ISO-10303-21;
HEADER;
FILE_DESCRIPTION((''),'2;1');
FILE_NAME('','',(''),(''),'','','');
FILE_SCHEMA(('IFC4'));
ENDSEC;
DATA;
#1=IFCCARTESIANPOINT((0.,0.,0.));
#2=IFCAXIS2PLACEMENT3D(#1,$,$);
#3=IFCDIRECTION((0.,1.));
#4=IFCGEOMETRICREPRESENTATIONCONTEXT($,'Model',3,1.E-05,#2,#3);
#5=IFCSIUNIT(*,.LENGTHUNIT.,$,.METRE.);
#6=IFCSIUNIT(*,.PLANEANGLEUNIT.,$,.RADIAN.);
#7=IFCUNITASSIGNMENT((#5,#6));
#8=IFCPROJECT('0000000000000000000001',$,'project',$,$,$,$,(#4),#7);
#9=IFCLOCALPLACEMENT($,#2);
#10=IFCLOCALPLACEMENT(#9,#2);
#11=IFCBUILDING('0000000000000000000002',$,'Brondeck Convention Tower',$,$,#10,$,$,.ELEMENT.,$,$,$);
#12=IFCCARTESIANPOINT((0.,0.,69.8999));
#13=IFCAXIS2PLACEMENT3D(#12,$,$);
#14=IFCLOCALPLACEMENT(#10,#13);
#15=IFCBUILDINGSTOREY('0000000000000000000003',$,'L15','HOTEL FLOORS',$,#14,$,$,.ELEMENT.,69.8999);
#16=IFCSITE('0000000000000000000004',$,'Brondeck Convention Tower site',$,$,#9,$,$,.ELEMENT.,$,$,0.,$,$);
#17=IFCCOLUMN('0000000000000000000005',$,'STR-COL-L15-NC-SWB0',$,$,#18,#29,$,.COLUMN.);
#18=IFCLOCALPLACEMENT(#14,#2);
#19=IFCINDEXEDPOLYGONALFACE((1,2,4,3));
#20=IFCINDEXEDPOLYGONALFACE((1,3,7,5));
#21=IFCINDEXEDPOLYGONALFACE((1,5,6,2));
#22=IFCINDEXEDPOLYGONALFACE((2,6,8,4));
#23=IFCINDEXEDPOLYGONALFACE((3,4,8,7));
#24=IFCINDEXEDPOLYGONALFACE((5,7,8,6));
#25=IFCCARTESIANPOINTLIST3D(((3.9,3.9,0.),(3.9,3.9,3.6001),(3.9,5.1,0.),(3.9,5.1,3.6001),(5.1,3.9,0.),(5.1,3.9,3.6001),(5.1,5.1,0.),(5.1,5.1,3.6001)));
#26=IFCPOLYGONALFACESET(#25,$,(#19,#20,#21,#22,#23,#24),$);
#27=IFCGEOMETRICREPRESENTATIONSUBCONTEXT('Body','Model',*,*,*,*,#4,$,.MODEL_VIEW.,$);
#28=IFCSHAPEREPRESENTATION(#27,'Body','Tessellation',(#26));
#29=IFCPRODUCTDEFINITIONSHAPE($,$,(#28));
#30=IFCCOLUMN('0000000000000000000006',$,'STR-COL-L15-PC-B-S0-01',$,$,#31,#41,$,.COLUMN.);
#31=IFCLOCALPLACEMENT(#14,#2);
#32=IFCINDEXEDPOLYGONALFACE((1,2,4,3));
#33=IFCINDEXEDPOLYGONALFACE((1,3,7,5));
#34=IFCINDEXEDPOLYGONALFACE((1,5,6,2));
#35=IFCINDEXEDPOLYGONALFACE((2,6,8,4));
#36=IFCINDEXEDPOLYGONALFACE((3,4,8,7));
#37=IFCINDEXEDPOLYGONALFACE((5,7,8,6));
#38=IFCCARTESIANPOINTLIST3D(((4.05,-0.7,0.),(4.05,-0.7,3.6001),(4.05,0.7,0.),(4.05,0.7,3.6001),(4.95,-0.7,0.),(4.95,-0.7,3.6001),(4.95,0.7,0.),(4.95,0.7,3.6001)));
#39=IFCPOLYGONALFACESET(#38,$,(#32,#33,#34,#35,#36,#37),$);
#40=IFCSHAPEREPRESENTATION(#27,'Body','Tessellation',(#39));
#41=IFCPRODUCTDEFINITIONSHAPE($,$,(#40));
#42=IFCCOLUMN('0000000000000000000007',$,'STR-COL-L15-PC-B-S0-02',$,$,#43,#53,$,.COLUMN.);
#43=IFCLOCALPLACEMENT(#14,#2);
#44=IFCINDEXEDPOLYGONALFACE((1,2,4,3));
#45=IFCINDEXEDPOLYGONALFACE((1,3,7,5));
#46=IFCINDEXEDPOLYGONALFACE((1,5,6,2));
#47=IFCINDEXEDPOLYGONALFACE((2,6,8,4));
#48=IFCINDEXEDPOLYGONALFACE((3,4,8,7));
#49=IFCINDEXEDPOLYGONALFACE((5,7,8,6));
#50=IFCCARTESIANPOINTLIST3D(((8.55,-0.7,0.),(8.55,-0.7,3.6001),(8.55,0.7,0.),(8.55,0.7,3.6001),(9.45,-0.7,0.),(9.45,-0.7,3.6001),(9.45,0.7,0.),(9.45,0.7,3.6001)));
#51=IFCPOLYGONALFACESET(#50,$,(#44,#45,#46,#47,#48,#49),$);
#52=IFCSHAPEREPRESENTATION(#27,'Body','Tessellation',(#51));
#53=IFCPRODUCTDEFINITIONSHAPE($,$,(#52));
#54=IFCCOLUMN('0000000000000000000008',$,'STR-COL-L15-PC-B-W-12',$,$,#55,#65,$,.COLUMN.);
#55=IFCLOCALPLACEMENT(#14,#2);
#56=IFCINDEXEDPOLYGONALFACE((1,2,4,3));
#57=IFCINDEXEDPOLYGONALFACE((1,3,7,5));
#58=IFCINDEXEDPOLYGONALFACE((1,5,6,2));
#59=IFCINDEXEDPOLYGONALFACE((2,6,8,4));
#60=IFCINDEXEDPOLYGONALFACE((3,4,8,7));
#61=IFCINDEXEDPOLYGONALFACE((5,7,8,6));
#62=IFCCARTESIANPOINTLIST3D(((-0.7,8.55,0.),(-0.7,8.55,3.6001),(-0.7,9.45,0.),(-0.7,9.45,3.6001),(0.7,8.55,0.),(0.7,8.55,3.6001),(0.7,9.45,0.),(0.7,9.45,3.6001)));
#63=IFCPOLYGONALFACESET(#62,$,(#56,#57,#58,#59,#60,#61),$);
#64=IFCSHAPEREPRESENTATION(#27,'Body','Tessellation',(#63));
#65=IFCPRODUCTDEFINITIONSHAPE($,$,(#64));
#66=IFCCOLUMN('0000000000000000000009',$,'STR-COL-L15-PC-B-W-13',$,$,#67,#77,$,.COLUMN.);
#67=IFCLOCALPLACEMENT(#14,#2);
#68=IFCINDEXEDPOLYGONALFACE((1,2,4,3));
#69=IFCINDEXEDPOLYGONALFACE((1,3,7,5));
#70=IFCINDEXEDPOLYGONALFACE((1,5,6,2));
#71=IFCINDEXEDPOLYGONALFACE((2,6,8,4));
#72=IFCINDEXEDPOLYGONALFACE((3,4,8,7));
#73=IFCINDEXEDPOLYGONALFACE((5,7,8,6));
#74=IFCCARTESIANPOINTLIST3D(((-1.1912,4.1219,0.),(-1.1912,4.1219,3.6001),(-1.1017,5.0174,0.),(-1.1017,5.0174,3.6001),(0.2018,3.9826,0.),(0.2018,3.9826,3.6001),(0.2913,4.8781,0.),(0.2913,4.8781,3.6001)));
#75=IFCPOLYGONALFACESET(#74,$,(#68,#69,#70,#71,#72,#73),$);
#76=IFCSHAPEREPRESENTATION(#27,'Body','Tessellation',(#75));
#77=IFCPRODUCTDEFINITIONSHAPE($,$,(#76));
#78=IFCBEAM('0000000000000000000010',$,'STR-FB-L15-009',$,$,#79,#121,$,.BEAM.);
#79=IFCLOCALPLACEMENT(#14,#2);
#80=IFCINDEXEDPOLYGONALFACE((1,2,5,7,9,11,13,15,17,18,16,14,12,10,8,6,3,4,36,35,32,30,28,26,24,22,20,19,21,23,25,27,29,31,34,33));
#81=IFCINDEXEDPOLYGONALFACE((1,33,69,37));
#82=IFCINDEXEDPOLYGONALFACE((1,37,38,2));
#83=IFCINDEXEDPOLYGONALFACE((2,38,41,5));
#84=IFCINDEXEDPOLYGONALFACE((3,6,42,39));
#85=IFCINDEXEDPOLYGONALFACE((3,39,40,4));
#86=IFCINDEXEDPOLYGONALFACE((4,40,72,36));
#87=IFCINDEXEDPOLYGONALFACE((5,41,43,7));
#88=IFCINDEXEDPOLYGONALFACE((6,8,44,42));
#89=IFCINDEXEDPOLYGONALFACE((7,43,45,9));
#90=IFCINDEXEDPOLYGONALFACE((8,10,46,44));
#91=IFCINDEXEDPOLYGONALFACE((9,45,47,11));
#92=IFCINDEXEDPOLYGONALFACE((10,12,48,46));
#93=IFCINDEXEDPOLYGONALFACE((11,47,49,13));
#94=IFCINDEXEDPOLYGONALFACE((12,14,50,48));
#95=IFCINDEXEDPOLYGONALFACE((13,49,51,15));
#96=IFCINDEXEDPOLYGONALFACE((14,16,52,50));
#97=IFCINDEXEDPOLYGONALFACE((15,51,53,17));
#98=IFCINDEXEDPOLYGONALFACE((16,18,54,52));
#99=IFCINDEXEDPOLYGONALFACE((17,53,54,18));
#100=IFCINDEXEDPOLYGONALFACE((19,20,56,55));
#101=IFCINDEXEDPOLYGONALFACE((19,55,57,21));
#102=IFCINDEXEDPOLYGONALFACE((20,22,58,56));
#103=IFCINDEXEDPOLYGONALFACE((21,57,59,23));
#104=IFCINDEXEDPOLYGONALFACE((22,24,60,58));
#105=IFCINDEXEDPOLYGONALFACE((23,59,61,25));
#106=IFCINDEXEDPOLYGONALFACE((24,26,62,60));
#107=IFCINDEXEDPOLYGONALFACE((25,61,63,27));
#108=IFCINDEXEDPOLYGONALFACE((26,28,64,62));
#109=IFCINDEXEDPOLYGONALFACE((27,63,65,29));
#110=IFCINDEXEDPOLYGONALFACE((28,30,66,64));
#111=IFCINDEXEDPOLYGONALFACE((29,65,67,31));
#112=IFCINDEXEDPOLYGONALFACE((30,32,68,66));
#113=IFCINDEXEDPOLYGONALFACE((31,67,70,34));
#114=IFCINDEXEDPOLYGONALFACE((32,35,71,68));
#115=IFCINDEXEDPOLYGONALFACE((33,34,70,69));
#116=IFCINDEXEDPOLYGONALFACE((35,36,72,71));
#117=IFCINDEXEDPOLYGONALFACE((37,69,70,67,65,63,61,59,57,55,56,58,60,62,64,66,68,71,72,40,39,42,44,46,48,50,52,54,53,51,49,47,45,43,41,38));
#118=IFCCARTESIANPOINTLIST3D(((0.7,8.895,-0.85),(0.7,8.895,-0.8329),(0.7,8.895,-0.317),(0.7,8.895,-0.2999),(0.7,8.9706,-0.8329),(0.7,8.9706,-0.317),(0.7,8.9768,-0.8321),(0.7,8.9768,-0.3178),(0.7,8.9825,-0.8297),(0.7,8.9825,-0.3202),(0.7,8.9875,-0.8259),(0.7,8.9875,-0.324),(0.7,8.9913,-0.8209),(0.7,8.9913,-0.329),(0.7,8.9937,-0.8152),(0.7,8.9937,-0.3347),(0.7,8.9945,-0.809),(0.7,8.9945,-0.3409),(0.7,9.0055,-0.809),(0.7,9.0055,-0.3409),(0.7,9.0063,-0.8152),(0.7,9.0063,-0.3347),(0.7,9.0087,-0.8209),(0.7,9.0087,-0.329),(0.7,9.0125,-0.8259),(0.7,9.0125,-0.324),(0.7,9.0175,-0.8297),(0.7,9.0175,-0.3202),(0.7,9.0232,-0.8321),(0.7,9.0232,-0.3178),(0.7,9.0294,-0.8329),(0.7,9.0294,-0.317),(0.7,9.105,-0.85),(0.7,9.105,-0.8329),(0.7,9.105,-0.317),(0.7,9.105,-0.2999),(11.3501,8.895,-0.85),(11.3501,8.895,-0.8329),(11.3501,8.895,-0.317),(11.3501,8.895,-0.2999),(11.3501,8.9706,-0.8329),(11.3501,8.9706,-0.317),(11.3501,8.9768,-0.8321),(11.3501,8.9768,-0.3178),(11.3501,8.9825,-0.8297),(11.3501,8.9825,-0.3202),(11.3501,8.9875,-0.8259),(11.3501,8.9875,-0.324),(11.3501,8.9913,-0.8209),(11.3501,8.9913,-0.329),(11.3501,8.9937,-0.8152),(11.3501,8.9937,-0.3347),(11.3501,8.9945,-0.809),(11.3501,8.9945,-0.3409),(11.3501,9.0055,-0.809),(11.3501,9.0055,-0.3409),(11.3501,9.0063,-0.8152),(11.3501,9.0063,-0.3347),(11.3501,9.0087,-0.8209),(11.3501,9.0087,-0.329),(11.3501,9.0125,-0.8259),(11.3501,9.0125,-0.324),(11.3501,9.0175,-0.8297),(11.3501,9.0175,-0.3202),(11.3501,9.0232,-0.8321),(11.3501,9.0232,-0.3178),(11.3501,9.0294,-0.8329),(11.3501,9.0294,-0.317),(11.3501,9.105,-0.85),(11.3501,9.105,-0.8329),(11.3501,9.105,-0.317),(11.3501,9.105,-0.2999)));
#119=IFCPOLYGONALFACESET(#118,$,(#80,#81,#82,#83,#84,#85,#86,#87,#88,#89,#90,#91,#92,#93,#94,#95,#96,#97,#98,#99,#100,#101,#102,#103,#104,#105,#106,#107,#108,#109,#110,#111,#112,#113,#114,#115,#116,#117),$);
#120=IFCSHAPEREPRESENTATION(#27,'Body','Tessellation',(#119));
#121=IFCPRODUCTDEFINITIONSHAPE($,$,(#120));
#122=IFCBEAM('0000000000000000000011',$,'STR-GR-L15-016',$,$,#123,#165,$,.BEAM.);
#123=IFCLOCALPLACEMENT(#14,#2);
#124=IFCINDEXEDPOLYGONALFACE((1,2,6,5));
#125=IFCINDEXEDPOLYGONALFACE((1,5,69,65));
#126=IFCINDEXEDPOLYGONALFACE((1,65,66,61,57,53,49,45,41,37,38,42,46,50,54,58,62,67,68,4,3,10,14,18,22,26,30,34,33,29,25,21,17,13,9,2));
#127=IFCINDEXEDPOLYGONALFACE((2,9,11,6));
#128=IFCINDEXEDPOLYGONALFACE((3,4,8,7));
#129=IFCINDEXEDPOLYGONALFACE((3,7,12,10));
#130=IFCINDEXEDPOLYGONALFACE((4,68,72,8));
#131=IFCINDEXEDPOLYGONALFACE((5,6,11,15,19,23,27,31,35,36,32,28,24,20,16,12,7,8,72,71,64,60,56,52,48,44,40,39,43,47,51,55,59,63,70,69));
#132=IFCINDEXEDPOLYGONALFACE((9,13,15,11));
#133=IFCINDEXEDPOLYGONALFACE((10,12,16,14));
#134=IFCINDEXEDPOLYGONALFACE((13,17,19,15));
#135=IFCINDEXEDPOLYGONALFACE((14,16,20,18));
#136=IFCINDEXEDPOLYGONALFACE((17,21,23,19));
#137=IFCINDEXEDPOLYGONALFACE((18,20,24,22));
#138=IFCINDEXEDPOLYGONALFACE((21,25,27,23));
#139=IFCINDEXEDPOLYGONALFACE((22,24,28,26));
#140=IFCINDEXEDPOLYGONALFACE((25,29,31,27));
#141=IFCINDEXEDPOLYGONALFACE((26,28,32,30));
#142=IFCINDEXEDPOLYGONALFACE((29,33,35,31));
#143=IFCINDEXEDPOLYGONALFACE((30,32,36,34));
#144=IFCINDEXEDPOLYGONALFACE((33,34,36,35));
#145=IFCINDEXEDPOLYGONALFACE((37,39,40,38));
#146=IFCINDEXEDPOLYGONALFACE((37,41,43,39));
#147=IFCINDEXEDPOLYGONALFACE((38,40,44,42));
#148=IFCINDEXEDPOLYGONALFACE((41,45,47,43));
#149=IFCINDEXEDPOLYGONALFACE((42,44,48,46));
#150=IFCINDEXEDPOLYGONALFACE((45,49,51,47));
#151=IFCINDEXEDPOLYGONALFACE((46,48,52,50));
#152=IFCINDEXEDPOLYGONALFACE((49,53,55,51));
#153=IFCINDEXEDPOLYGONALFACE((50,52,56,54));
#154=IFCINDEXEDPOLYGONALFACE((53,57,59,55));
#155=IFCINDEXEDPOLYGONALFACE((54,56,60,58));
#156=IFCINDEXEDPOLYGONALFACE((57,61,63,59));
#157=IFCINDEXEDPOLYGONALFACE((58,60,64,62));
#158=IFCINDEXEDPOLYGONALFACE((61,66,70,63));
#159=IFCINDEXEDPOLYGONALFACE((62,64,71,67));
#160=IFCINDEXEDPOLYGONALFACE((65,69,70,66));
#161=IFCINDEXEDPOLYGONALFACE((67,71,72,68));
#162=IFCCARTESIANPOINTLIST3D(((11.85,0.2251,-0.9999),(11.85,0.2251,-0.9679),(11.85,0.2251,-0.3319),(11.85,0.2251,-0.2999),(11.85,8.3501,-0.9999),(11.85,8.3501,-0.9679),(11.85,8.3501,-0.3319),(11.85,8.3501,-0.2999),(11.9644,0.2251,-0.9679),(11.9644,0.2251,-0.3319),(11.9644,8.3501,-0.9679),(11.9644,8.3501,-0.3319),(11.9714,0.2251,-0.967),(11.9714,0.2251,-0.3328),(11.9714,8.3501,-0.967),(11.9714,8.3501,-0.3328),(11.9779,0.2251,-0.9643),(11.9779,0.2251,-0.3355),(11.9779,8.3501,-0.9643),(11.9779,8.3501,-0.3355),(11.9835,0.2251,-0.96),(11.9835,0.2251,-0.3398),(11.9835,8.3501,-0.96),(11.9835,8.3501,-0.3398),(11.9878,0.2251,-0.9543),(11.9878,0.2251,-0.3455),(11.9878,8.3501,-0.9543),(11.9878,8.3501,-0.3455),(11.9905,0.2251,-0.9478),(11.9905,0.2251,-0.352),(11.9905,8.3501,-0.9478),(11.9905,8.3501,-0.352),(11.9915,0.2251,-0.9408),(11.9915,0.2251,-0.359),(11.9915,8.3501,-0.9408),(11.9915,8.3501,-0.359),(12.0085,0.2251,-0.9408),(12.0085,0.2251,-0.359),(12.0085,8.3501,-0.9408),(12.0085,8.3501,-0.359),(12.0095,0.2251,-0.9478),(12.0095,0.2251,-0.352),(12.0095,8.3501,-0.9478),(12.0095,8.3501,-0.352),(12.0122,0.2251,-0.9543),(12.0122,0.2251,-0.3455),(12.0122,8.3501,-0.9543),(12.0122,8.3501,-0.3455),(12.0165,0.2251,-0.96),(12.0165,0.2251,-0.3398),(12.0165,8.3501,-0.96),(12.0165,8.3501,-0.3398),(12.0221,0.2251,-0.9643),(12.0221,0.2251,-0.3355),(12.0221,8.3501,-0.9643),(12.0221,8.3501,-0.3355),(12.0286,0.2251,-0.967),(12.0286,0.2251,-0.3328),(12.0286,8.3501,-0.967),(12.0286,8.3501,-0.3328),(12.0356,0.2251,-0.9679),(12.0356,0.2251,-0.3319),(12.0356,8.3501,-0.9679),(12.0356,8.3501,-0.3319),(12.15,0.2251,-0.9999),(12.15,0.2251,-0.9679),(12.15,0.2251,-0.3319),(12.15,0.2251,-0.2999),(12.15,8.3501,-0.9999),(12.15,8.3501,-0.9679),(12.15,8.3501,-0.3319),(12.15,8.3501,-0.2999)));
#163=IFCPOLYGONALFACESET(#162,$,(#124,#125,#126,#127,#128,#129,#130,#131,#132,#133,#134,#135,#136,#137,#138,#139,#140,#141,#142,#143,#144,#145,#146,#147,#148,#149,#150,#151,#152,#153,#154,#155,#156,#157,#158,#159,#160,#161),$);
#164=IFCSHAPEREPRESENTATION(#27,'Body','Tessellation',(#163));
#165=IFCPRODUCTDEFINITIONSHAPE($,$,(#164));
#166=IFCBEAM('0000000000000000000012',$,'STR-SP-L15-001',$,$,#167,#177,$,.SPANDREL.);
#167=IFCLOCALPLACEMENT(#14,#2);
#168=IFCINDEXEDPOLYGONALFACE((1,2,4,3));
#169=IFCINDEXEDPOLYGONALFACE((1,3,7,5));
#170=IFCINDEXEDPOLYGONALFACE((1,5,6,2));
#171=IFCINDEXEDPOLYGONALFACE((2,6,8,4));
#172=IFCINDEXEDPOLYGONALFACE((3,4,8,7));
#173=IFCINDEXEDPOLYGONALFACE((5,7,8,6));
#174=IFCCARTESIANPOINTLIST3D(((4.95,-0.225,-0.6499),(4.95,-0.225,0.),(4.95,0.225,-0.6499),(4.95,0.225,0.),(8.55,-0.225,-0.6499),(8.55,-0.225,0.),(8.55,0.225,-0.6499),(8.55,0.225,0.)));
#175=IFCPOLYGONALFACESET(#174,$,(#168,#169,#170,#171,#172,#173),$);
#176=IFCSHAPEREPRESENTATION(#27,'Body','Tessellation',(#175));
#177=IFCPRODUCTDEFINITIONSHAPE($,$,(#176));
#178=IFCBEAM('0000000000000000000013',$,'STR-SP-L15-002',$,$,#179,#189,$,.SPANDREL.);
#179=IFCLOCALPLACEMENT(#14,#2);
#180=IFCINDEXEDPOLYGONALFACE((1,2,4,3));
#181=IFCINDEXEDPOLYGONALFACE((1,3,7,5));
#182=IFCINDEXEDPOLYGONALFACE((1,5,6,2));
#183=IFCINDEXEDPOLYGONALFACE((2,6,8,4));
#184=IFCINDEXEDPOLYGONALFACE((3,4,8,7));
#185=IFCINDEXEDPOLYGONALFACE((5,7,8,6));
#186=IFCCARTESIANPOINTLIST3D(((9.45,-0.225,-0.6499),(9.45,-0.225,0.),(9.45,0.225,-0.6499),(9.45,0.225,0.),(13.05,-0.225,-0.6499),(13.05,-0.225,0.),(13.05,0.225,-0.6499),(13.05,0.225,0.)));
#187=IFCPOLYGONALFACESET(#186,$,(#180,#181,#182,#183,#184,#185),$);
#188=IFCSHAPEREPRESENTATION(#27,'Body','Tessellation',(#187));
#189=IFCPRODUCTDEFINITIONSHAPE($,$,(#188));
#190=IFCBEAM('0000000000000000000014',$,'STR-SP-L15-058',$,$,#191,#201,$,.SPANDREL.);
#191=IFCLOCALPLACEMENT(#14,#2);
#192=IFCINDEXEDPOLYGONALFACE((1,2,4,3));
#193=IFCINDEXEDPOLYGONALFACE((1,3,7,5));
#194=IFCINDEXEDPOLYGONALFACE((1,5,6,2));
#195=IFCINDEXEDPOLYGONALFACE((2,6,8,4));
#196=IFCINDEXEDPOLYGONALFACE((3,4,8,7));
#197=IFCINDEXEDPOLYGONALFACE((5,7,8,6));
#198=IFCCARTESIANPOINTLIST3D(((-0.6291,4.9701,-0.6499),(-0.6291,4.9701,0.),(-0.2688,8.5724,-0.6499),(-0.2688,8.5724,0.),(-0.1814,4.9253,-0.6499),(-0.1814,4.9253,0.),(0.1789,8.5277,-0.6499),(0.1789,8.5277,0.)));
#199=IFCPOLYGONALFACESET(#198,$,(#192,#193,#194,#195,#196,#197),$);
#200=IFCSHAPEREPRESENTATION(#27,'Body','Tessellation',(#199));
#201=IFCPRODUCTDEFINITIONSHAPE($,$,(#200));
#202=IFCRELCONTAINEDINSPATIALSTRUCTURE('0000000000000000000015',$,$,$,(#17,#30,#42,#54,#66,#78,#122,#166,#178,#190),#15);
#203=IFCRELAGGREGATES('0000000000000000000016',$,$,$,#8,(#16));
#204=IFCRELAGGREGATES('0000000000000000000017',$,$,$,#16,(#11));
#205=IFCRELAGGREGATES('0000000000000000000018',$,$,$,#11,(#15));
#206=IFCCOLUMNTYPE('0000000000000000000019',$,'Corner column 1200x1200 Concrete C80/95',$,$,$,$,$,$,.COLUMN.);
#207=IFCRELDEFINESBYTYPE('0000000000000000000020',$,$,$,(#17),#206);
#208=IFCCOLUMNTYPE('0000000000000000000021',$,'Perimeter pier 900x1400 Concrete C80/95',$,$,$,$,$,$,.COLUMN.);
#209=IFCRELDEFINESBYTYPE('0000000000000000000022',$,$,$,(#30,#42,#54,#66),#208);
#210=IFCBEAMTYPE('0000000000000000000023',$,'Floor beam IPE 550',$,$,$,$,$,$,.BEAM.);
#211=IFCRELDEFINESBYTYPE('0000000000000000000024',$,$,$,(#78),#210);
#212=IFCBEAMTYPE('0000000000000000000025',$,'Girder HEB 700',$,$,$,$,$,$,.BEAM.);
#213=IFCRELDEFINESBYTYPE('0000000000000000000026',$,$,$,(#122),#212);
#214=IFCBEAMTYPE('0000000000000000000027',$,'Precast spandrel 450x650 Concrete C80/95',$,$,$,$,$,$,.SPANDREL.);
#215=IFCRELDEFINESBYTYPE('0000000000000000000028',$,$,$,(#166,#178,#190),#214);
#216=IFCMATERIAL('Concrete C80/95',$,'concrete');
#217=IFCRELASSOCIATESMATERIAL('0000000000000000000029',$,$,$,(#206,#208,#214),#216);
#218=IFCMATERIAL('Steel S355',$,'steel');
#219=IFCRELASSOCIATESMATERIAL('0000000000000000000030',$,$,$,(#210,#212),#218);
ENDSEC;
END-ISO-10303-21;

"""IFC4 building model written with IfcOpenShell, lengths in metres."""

from ifc_helpers import new_model, si_unit, direction, frame, origin, origin_2d, place, context, subcontext, project, spatial, rectangle, i_section, extrude, material, material_profile, profile_set, type_object, element, save


model = new_model("IFC4")

# Units and contexts
model_context = context("Model", 3, precision=1e-05, world=origin(), true_north=direction((0.0, 1.0)))
body_context = subcontext(model_context, "Body", "Model", "MODEL_VIEW")
ifc_project = project(units=[si_unit("LENGTHUNIT", "METRE"), si_unit("PLANEANGLEUNIT", "RADIAN")], contexts=[model_context])

# Site, building, storey
site_placement = place(None, origin())
site = spatial("IfcSite", under=ifc_project, at=site_placement, Name="Brondeck Convention Tower site", CompositionType="ELEMENT", RefElevation=0.0)
building_placement = place(site_placement, origin())
building = spatial("IfcBuilding", under=site, at=building_placement, Name="Brondeck Convention Tower", CompositionType="ELEMENT")
storey_placement = place(building_placement, frame((0.0, 0.0, 69.8999)))
storey = spatial("IfcBuildingStorey", under=building, at=storey_placement, Name="L15", Description="HOTEL FLOORS", CompositionType="ELEMENT", Elevation=69.8999)

# Columns
ifc_material_1 = material(Name="Concrete C80/95", Category="concrete")
ifc_material_profile_1 = material_profile(ifc_material_1, rectangle(XDim=1.2, YDim=1.2, at=origin_2d()), Name="Corner column 1200x1200 Concrete C80/95")
ifc_profile_set_1 = profile_set([ifc_material_profile_1], Name="Concrete C80/95")
column_type_1 = type_object("IfcColumnType", Name="Corner column 1200x1200 Concrete C80/95", PredefinedType="COLUMN", material=ifc_profile_set_1)
column_placement = place(storey_placement, frame((4.5, 4.5, 0.0), z_axis=(0.0, 0.0, 1.0), x_axis=(1.0, 0.0, 0.0)))
element("IfcColumn", 1, at=column_placement, inside=storey, type_object=column_type_1, Name="STR-COL-L15-NC-SWB0", PredefinedType="COLUMN", context=body_context, shape_type="SweptSolid", body=[
    extrude(rectangle(XDim=1.2, YDim=1.2, at=origin_2d()), origin(), (0.0, 0.0, 1.0), 3.6001),
])
ifc_material_profile_2 = material_profile(ifc_material_1, rectangle(XDim=0.8999, YDim=1.3999, at=origin_2d()), Name="Perimeter pier 900x1400 Concrete C80/95")
ifc_profile_set_2 = profile_set([ifc_material_profile_2], Name="Concrete C80/95")
column_type_2 = type_object("IfcColumnType", Name="Perimeter pier 900x1400 Concrete C80/95", PredefinedType="COLUMN", material=ifc_profile_set_2)
for number, where, z_axis, x_axis, name in (
    (2, (4.5, 0.0, 0.0), (0.0, 0.0, 1.0), (1.0, 0.0, 0.0), "STR-COL-L15-PC-B-S0-01"),
    (3, (9.0, 0.0, 0.0), (0.0, 0.0, 1.0), (1.0, 0.0, 0.0), "STR-COL-L15-PC-B-S0-02"),
    (4, (0.0, 9.0, 0.0), (0.0, 0.0, 1.0), (0.0, -1.0, 0.0), "STR-COL-L15-PC-B-W-12"),
    (5, (-0.45, 4.5, 0.0), (0.0, 0.0, 1.0), (-0.099504, -0.995037, 0.0), "STR-COL-L15-PC-B-W-13"),
):
    element("IfcColumn", number, at=place(storey_placement, frame(where, z_axis=z_axis, x_axis=x_axis)), inside=storey, type_object=column_type_2, Name=name, PredefinedType="COLUMN", context=body_context, shape_type="SweptSolid", body=[
        extrude(rectangle(XDim=0.8999, YDim=1.3999, at=origin_2d()), origin(), (0.0, 0.0, 1.0), 3.6001),
    ])

# Beams
ifc_material_2 = material(Name="Steel S355", Category="steel")
ifc_material_profile_3 = material_profile(ifc_material_2, i_section(OverallWidth=0.21, OverallDepth=0.55, WebThickness=0.011, FlangeThickness=0.0171, FilletRadius=0.0239, at=origin_2d()), Name="IPE 550")
ifc_profile_set_3 = profile_set([ifc_material_profile_3], Name="Steel S355")
beam_type_1 = type_object("IfcBeamType", Name="Floor beam IPE 550", PredefinedType="BEAM", material=ifc_profile_set_3)
beam_1_placement = place(storey_placement, frame((0.7, 9.0, -0.575), z_axis=(1.0, 0.0, 0.0), x_axis=(0.0, 1.0, 0.0)))
element("IfcBeam", 6, at=beam_1_placement, inside=storey, type_object=beam_type_1, Name="STR-FB-L15-009", PredefinedType="BEAM", context=body_context, shape_type="SweptSolid", body=[
    extrude(i_section(OverallWidth=0.21, OverallDepth=0.55, WebThickness=0.011, FlangeThickness=0.0171, FilletRadius=0.0239, at=origin_2d()), origin(), (0.0, 0.0, 1.0), 10.6501),
])
ifc_material_profile_4 = material_profile(ifc_material_2, i_section(OverallWidth=0.3, OverallDepth=0.7, WebThickness=0.0171, FlangeThickness=0.032, FilletRadius=0.0271, at=origin_2d()), Name="HEB 700")
ifc_profile_set_4 = profile_set([ifc_material_profile_4], Name="Steel S355")
beam_type_2 = type_object("IfcBeamType", Name="Girder HEB 700", PredefinedType="BEAM", material=ifc_profile_set_4)
beam_2_placement = place(storey_placement, frame((12.0, 8.3501, -0.6499), z_axis=(0.0, -1.0, 0.0), x_axis=(1.0, 0.0, 0.0)))
element("IfcBeam", 7, at=beam_2_placement, inside=storey, type_object=beam_type_2, Name="STR-GR-L15-016", PredefinedType="BEAM", context=body_context, shape_type="SweptSolid", body=[
    extrude(i_section(OverallWidth=0.3, OverallDepth=0.7, WebThickness=0.0171, FlangeThickness=0.032, FilletRadius=0.0271, at=origin_2d()), origin(), (0.0, 0.0, 1.0), 8.125),
])
ifc_material_profile_5 = material_profile(ifc_material_1, rectangle(XDim=0.45, YDim=0.6499, at=origin_2d()), Name="Precast spandrel 450x650 Concrete C80/95")
ifc_profile_set_5 = profile_set([ifc_material_profile_5], Name="Concrete C80/95")
beam_type_3 = type_object("IfcBeamType", Name="Precast spandrel 450x650 Concrete C80/95", PredefinedType="SPANDREL", material=ifc_profile_set_5)
for number, where, z_axis, x_axis, name in (
    (8, (4.95, 0.0, -0.325), (1.0, 0.0, 0.0), (0.0, 1.0, 0.0), "STR-SP-L15-001"),
    (9, (9.45, 0.0, -0.325), (1.0, 0.0, 0.0), (0.0, 1.0, 0.0), "STR-SP-L15-002"),
):
    element("IfcBeam", number, at=place(storey_placement, frame(where, z_axis=z_axis, x_axis=x_axis)), inside=storey, type_object=beam_type_3, Name=name, PredefinedType="SPANDREL", context=body_context, shape_type="SweptSolid", body=[
        extrude(rectangle(XDim=0.45, YDim=0.6499, at=origin_2d()), origin(), (0.0, 0.0, 1.0), 3.6001),
    ])
beam_3_placement = place(storey_placement, frame((-0.0449, 8.55, -0.325), z_axis=(-0.099537, -0.995034, 0.0), x_axis=(0.995034, -0.099537, 0.0)))
element("IfcBeam", 10, at=beam_3_placement, inside=storey, type_object=beam_type_3, Name="STR-SP-L15-058", PredefinedType="SPANDREL", context=body_context, shape_type="SweptSolid", body=[
    extrude(rectangle(XDim=0.45, YDim=0.6499, at=origin_2d()), origin(), (0.0, 0.0, 1.0), 3.6204),
])

save(model, "model.ifc")
